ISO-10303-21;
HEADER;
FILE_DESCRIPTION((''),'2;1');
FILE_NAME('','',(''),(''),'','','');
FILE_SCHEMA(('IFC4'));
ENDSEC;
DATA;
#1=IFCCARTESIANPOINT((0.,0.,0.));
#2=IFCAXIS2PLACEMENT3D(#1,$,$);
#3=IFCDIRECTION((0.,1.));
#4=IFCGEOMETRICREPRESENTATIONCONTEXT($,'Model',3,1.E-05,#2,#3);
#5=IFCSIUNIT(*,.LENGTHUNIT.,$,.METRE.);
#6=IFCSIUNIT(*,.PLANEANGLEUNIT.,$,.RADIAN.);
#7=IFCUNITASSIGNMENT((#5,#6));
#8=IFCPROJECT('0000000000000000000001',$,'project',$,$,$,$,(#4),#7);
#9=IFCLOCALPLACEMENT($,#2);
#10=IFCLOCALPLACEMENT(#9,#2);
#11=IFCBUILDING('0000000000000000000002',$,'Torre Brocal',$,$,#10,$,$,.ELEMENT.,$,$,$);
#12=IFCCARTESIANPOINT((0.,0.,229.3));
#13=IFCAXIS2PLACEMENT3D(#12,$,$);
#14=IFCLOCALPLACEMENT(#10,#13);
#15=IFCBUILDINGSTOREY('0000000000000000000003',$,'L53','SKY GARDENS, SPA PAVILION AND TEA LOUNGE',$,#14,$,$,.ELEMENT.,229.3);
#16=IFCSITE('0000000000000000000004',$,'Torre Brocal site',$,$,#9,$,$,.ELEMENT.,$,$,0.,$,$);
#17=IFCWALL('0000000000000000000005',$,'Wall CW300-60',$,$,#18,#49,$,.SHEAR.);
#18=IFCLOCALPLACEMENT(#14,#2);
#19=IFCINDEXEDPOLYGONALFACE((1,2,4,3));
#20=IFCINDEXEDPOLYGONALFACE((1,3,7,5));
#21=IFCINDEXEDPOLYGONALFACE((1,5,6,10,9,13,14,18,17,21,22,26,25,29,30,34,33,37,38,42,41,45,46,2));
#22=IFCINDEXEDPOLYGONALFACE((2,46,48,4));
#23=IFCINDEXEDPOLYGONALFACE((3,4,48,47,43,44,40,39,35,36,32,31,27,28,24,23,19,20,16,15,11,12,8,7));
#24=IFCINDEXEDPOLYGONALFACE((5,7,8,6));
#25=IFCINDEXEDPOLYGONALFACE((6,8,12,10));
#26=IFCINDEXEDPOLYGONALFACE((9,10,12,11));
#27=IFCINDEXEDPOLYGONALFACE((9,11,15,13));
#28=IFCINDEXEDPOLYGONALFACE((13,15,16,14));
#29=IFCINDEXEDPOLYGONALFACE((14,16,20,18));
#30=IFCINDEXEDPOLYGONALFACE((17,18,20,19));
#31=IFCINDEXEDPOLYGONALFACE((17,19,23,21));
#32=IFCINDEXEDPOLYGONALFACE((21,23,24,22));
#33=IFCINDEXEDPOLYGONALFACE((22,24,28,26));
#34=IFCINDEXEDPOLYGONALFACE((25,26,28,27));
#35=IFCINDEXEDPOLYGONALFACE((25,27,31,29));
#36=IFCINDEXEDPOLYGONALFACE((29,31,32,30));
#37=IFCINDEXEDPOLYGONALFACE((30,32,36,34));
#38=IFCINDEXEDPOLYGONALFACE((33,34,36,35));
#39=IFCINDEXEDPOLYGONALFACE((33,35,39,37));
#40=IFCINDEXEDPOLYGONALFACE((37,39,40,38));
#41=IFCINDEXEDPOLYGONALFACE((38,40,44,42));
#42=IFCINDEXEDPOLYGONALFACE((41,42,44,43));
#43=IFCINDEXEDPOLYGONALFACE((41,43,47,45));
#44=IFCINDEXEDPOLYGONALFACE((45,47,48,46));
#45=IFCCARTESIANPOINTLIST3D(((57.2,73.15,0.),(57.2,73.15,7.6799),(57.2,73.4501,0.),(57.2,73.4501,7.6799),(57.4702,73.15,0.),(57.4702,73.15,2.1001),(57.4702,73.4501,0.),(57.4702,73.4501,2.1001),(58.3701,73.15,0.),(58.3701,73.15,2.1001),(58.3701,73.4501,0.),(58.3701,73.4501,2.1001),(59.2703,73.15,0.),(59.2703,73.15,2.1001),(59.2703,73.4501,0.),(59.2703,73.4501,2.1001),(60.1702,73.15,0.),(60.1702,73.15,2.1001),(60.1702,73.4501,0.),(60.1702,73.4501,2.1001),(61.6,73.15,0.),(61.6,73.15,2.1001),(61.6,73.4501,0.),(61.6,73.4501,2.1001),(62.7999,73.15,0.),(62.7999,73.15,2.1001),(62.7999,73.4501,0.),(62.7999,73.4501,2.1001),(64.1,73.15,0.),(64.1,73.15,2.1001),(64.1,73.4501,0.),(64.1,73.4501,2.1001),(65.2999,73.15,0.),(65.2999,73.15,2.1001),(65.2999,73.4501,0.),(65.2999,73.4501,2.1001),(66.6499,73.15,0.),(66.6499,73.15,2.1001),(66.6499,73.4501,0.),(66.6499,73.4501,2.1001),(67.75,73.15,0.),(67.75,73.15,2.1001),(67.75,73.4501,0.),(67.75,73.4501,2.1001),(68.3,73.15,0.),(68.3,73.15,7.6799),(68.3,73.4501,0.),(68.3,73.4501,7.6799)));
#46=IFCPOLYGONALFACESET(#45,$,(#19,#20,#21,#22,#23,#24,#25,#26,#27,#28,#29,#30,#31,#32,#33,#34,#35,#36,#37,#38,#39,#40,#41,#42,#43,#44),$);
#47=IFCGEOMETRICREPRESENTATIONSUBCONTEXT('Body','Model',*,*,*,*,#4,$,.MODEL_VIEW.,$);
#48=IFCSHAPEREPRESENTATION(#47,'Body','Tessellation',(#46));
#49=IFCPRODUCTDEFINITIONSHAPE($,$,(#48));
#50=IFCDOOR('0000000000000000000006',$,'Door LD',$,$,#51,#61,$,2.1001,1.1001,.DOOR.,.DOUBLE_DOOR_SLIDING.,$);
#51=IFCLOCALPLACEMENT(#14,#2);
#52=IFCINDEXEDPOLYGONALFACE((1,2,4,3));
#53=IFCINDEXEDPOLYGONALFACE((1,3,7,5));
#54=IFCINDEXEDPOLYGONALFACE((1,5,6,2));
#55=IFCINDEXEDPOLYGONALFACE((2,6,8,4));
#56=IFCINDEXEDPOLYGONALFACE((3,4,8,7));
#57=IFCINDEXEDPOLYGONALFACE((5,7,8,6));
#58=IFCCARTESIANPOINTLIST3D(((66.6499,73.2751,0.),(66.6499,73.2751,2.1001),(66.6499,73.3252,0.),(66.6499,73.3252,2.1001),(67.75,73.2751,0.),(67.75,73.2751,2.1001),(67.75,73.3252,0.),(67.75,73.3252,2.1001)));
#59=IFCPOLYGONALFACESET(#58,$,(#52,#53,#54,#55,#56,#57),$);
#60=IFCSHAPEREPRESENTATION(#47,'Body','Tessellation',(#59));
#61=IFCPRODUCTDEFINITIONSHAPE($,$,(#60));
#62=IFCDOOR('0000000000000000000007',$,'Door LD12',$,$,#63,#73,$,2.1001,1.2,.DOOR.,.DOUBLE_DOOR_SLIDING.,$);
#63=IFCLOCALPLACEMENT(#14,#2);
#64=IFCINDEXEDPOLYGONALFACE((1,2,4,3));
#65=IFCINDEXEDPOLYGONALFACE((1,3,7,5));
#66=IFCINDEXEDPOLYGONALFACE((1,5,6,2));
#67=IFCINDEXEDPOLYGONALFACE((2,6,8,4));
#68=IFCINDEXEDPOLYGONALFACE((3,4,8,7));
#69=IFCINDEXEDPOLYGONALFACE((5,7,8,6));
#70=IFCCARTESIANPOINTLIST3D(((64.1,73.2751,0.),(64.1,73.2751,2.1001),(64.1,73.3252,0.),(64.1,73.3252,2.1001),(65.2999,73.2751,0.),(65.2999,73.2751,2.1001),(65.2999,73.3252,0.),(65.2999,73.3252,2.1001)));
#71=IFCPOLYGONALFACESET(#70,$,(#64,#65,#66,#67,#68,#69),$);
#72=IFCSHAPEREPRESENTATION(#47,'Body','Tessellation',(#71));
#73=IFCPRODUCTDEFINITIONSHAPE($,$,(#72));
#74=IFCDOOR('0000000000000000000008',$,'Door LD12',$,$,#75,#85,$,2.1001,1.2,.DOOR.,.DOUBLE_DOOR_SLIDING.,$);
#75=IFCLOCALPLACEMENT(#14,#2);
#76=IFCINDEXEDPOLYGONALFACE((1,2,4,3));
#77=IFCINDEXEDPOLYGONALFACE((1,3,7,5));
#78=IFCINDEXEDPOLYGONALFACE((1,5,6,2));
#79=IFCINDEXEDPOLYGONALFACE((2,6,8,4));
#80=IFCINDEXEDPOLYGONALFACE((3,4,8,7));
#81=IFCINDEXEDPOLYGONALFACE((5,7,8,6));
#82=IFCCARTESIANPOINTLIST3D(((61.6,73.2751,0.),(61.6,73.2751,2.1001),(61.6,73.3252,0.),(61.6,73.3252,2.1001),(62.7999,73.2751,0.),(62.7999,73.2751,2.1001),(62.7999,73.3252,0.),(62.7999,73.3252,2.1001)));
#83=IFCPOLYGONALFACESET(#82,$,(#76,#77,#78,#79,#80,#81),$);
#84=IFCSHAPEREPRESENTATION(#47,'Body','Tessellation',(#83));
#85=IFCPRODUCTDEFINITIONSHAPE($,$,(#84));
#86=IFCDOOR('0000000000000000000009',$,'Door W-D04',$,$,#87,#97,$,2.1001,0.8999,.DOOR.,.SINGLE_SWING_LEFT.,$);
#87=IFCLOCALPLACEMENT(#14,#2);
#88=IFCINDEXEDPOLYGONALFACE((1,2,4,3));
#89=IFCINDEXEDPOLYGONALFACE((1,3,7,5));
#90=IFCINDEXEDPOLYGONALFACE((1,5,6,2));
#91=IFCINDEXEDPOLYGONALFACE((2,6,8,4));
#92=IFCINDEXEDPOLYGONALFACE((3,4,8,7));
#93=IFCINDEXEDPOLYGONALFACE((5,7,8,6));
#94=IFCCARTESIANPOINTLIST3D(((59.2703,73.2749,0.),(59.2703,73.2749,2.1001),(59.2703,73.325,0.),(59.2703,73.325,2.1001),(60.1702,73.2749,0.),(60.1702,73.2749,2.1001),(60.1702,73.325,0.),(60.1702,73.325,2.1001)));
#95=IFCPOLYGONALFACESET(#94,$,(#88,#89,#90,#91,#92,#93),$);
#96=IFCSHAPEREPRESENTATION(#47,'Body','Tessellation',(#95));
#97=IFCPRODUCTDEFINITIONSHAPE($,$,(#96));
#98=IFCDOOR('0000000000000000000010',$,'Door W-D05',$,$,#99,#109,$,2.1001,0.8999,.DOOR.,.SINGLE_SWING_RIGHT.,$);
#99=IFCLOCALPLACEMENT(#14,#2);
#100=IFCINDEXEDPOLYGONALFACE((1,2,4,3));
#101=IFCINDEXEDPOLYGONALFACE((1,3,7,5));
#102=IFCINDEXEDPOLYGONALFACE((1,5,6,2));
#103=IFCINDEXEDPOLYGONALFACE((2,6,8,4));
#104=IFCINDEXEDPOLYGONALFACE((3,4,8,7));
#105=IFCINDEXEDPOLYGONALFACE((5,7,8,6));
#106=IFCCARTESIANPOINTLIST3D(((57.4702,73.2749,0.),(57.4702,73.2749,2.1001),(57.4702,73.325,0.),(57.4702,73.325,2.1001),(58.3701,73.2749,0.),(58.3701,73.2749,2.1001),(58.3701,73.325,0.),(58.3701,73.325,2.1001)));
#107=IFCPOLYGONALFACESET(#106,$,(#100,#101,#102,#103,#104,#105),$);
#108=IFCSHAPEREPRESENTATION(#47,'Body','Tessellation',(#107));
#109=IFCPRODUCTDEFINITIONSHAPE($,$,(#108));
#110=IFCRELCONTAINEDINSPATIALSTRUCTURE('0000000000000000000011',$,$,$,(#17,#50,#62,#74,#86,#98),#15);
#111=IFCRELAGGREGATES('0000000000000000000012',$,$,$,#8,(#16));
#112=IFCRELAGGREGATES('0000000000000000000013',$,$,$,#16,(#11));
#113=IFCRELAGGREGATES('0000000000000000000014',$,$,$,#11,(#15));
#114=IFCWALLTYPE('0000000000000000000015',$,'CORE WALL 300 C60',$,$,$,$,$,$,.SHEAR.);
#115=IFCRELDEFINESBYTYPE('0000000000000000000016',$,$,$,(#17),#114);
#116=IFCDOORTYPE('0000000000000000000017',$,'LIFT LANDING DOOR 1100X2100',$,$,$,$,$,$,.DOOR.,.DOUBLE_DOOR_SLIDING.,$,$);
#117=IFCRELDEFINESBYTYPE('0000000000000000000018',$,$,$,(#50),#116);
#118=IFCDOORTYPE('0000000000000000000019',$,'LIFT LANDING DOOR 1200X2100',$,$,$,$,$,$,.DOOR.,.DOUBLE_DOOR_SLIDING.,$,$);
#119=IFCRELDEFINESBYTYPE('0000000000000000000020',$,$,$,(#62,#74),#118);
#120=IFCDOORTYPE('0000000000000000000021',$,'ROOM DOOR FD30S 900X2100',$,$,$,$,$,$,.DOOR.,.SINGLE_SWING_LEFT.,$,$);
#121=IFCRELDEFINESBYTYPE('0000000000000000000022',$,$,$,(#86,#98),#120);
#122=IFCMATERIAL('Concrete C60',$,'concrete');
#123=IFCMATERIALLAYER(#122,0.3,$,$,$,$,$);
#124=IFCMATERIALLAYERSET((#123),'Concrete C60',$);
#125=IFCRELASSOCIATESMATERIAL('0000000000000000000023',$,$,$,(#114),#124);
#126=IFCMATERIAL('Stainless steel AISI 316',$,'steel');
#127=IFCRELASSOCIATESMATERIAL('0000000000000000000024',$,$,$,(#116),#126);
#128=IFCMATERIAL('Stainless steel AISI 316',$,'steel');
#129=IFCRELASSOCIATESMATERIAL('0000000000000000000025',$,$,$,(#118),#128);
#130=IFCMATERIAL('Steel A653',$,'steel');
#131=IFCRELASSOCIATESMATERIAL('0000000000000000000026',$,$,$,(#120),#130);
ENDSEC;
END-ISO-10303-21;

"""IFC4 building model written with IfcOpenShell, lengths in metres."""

from ifc_helpers import new_model, si_unit, direction, frame, frame_2d, origin, place, context, subcontext, project, spatial, rectangle, extrude, material, layer, layer_set, type_object, element, fill, save


model = new_model("IFC4")

# Units and contexts
model_context = context("Model", 3, precision=1e-05, world=origin(), true_north=direction((0.0, 1.0)))
body_context = subcontext(model_context, "Body", "Model", "MODEL_VIEW")
ifc_project = project(units=[si_unit("LENGTHUNIT", "METRE"), si_unit("PLANEANGLEUNIT", "RADIAN")], contexts=[model_context])

# Site, building, storey
site_placement = place(None, origin())
site = spatial("IfcSite", under=ifc_project, at=site_placement, Name="Torre Brocal site", CompositionType="ELEMENT", RefElevation=0.0)
building_placement = place(site_placement, origin())
building = spatial("IfcBuilding", under=site, at=building_placement, Name="Torre Brocal", CompositionType="ELEMENT")
storey_placement = place(building_placement, frame((0.0, 0.0, 229.3)))
storey = spatial("IfcBuildingStorey", under=building, at=storey_placement, Name="L53", Description="SKY GARDENS, SPA PAVILION AND TEA LOUNGE", CompositionType="ELEMENT", Elevation=229.3)

# Shared definitions
ifc_material_1 = material(Name="Concrete C60", Category="concrete")
ifc_layer_1 = layer(ifc_material_1, 0.3)
ifc_layer_set_1 = layer_set([ifc_layer_1], Name="Concrete C60")
wall_type_1 = type_object("IfcWallType", Name="CORE WALL 300 C60", PredefinedType="SHEAR", material=ifc_layer_set_1)

# Wall, openings, doors
wall_1_placement = place(storey_placement, frame((68.3, 73.3, 0.0), z_axis=(0.0, 0.0, 1.0), x_axis=(-1.0, 0.0, 0.0)))
wall_1 = element("IfcWall", 1, at=wall_1_placement, inside=storey, type_object=wall_type_1, Name="Wall CW300-60", PredefinedType="SHEAR", context=body_context, shape_type="SweptSolid", body=[
    extrude(rectangle(XDim=11.1001, YDim=0.3, at=frame_2d((5.55, 0.0))), origin(), (0.0, 0.0, 1.0), 7.6799),
])
opening_1_placement = place(wall_1_placement, frame((0.55, 0.0, 0.0)))
opening_1 = element("IfcOpeningElement", 2, at=opening_1_placement, cuts=wall_1, PredefinedType="OPENING", context=body_context, shape_type="SweptSolid", body=[
    extrude(rectangle(XDim=1.1001, YDim=2.1001, at=frame_2d((0.55, 1.05))), frame((0.0, 0.1599, 0.0), z_axis=(0.0, -1.0, 0.0), x_axis=(1.0, 0.0, 0.0)), (0.0, 0.0, 1.0), 0.3201),
])
opening_2_placement = place(wall_1_placement, frame((3.0, 0.0, 0.0)))
opening_2 = element("IfcOpeningElement", 3, at=opening_2_placement, cuts=wall_1, PredefinedType="OPENING", context=body_context, shape_type="SweptSolid", body=[
    extrude(rectangle(XDim=1.2, YDim=2.1001, at=frame_2d((0.6001, 1.05))), frame((0.0, 0.1599, 0.0), z_axis=(0.0, -1.0, 0.0), x_axis=(1.0, 0.0, 0.0)), (0.0, 0.0, 1.0), 0.3201),
])
opening_3_placement = place(wall_1_placement, frame((5.5, 0.0, 0.0)))
opening_3 = element("IfcOpeningElement", 4, at=opening_3_placement, cuts=wall_1, PredefinedType="OPENING", context=body_context, shape_type="SweptSolid", body=[
    extrude(rectangle(XDim=1.2, YDim=2.1001, at=frame_2d((0.6001, 1.05))), frame((0.0, 0.1599, 0.0), z_axis=(0.0, -1.0, 0.0), x_axis=(1.0, 0.0, 0.0)), (0.0, 0.0, 1.0), 0.3201),
])
opening_4_placement = place(wall_1_placement, frame((8.1299, 0.0, 0.0)))
opening_4 = element("IfcOpeningElement", 5, at=opening_4_placement, cuts=wall_1, PredefinedType="OPENING", context=body_context, shape_type="SweptSolid", body=[
    extrude(rectangle(XDim=0.8999, YDim=2.1001, at=frame_2d((0.45, 1.05))), frame((0.0, 0.1599, 0.0), z_axis=(0.0, -1.0, 0.0), x_axis=(1.0, 0.0, 0.0)), (0.0, 0.0, 1.0), 0.3201),
])
opening_5_placement = place(wall_1_placement, frame((9.9299, 0.0, 0.0)))
opening_5 = element("IfcOpeningElement", 6, at=opening_5_placement, cuts=wall_1, PredefinedType="OPENING", context=body_context, shape_type="SweptSolid", body=[
    extrude(rectangle(XDim=0.8999, YDim=2.1001, at=frame_2d((0.45, 1.05))), frame((0.0, 0.1599, 0.0), z_axis=(0.0, -1.0, 0.0), x_axis=(1.0, 0.0, 0.0)), (0.0, 0.0, 1.0), 0.3201),
])
ifc_material_2 = material(Name="Stainless steel AISI 316", Category="steel")
door_type_1 = type_object("IfcDoorType", Name="LIFT LANDING DOOR 1100X2100", OperationType="DOUBLE_DOOR_SLIDING", PredefinedType="DOOR", material=ifc_material_2)
door_1_placement = place(opening_1_placement, origin())
door_1 = element("IfcDoor", 7, at=door_1_placement, inside=storey, type_object=door_type_1, Name="Door LD", OperationType="DOUBLE_DOOR_SLIDING", OverallHeight=2.1001, OverallWidth=1.1001, PredefinedType="DOOR", context=body_context, shape_type="SweptSolid", body=[
    extrude(rectangle(XDim=1.1001, YDim=2.1001, at=frame_2d((0.55, 1.05))), frame((0.0, 0.0249, 0.0), z_axis=(0.0, -1.0, 0.0), x_axis=(1.0, 0.0, 0.0)), (0.0, 0.0, 1.0), 0.05),
])
fill(opening_1, door_1)
ifc_material_3 = material(Name="Stainless steel AISI 316", Category="steel")
door_type_2 = type_object("IfcDoorType", Name="LIFT LANDING DOOR 1200X2100", OperationType="DOUBLE_DOOR_SLIDING", PredefinedType="DOOR", material=ifc_material_3)
door_2_placement = place(opening_2_placement, origin())
door_2 = element("IfcDoor", 8, at=door_2_placement, inside=storey, type_object=door_type_2, Name="Door LD12", OperationType="DOUBLE_DOOR_SLIDING", OverallHeight=2.1001, OverallWidth=1.2, PredefinedType="DOOR", context=body_context, shape_type="SweptSolid", body=[
    extrude(rectangle(XDim=1.2, YDim=2.1001, at=frame_2d((0.6001, 1.05))), frame((0.0, 0.0249, 0.0), z_axis=(0.0, -1.0, 0.0), x_axis=(1.0, 0.0, 0.0)), (0.0, 0.0, 1.0), 0.05),
])
fill(opening_2, door_2)
door_3_placement = place(opening_3_placement, origin())
door_3 = element("IfcDoor", 9, at=door_3_placement, inside=storey, type_object=door_type_2, Name="Door LD12", OperationType="DOUBLE_DOOR_SLIDING", OverallHeight=2.1001, OverallWidth=1.2, PredefinedType="DOOR", context=body_context, shape_type="SweptSolid", body=[
    extrude(rectangle(XDim=1.2, YDim=2.1001, at=frame_2d((0.6001, 1.05))), frame((0.0, 0.0249, 0.0), z_axis=(0.0, -1.0, 0.0), x_axis=(1.0, 0.0, 0.0)), (0.0, 0.0, 1.0), 0.05),
])
fill(opening_3, door_3)
ifc_material_4 = material(Name="Steel A653", Category="steel")
door_type_3 = type_object("IfcDoorType", Name="ROOM DOOR FD30S 900X2100", OperationType="SINGLE_SWING_LEFT", PredefinedType="DOOR", material=ifc_material_4)
door_4_placement = place(opening_4_placement, frame((0.8999, 0.0, 0.0), z_axis=(0.0, 0.0, 1.0), x_axis=(-1.0, 0.0, 0.0)))
door_4 = element("IfcDoor", 10, at=door_4_placement, inside=storey, type_object=door_type_3, Name="Door W-D04", OperationType="SINGLE_SWING_LEFT", OverallHeight=2.1001, OverallWidth=0.8999, PredefinedType="DOOR", context=body_context, shape_type="SweptSolid", body=[
    extrude(rectangle(XDim=0.8999, YDim=2.1001, at=frame_2d((0.45, 1.05))), frame((0.0, 0.0249, 0.0), z_axis=(0.0, -1.0, 0.0), x_axis=(1.0, 0.0, 0.0)), (0.0, 0.0, 1.0), 0.05),
])
fill(opening_4, door_4)
door_5_placement = place(opening_5_placement, frame((0.8999, 0.0, 0.0), z_axis=(0.0, 0.0, 1.0), x_axis=(-1.0, 0.0, 0.0)))
door_5 = element("IfcDoor", 11, at=door_5_placement, inside=storey, type_object=door_type_3, Name="Door W-D05", OperationType="SINGLE_SWING_RIGHT", OverallHeight=2.1001, OverallWidth=0.8999, PredefinedType="DOOR", context=body_context, shape_type="SweptSolid", body=[
    extrude(rectangle(XDim=0.8999, YDim=2.1001, at=frame_2d((0.45, 1.05))), frame((0.0, 0.0249, 0.0), z_axis=(0.0, -1.0, 0.0), x_axis=(1.0, 0.0, 0.0)), (0.0, 0.0, 1.0), 0.05),
])
fill(opening_5, door_5)

save(model, "model.ifc")
